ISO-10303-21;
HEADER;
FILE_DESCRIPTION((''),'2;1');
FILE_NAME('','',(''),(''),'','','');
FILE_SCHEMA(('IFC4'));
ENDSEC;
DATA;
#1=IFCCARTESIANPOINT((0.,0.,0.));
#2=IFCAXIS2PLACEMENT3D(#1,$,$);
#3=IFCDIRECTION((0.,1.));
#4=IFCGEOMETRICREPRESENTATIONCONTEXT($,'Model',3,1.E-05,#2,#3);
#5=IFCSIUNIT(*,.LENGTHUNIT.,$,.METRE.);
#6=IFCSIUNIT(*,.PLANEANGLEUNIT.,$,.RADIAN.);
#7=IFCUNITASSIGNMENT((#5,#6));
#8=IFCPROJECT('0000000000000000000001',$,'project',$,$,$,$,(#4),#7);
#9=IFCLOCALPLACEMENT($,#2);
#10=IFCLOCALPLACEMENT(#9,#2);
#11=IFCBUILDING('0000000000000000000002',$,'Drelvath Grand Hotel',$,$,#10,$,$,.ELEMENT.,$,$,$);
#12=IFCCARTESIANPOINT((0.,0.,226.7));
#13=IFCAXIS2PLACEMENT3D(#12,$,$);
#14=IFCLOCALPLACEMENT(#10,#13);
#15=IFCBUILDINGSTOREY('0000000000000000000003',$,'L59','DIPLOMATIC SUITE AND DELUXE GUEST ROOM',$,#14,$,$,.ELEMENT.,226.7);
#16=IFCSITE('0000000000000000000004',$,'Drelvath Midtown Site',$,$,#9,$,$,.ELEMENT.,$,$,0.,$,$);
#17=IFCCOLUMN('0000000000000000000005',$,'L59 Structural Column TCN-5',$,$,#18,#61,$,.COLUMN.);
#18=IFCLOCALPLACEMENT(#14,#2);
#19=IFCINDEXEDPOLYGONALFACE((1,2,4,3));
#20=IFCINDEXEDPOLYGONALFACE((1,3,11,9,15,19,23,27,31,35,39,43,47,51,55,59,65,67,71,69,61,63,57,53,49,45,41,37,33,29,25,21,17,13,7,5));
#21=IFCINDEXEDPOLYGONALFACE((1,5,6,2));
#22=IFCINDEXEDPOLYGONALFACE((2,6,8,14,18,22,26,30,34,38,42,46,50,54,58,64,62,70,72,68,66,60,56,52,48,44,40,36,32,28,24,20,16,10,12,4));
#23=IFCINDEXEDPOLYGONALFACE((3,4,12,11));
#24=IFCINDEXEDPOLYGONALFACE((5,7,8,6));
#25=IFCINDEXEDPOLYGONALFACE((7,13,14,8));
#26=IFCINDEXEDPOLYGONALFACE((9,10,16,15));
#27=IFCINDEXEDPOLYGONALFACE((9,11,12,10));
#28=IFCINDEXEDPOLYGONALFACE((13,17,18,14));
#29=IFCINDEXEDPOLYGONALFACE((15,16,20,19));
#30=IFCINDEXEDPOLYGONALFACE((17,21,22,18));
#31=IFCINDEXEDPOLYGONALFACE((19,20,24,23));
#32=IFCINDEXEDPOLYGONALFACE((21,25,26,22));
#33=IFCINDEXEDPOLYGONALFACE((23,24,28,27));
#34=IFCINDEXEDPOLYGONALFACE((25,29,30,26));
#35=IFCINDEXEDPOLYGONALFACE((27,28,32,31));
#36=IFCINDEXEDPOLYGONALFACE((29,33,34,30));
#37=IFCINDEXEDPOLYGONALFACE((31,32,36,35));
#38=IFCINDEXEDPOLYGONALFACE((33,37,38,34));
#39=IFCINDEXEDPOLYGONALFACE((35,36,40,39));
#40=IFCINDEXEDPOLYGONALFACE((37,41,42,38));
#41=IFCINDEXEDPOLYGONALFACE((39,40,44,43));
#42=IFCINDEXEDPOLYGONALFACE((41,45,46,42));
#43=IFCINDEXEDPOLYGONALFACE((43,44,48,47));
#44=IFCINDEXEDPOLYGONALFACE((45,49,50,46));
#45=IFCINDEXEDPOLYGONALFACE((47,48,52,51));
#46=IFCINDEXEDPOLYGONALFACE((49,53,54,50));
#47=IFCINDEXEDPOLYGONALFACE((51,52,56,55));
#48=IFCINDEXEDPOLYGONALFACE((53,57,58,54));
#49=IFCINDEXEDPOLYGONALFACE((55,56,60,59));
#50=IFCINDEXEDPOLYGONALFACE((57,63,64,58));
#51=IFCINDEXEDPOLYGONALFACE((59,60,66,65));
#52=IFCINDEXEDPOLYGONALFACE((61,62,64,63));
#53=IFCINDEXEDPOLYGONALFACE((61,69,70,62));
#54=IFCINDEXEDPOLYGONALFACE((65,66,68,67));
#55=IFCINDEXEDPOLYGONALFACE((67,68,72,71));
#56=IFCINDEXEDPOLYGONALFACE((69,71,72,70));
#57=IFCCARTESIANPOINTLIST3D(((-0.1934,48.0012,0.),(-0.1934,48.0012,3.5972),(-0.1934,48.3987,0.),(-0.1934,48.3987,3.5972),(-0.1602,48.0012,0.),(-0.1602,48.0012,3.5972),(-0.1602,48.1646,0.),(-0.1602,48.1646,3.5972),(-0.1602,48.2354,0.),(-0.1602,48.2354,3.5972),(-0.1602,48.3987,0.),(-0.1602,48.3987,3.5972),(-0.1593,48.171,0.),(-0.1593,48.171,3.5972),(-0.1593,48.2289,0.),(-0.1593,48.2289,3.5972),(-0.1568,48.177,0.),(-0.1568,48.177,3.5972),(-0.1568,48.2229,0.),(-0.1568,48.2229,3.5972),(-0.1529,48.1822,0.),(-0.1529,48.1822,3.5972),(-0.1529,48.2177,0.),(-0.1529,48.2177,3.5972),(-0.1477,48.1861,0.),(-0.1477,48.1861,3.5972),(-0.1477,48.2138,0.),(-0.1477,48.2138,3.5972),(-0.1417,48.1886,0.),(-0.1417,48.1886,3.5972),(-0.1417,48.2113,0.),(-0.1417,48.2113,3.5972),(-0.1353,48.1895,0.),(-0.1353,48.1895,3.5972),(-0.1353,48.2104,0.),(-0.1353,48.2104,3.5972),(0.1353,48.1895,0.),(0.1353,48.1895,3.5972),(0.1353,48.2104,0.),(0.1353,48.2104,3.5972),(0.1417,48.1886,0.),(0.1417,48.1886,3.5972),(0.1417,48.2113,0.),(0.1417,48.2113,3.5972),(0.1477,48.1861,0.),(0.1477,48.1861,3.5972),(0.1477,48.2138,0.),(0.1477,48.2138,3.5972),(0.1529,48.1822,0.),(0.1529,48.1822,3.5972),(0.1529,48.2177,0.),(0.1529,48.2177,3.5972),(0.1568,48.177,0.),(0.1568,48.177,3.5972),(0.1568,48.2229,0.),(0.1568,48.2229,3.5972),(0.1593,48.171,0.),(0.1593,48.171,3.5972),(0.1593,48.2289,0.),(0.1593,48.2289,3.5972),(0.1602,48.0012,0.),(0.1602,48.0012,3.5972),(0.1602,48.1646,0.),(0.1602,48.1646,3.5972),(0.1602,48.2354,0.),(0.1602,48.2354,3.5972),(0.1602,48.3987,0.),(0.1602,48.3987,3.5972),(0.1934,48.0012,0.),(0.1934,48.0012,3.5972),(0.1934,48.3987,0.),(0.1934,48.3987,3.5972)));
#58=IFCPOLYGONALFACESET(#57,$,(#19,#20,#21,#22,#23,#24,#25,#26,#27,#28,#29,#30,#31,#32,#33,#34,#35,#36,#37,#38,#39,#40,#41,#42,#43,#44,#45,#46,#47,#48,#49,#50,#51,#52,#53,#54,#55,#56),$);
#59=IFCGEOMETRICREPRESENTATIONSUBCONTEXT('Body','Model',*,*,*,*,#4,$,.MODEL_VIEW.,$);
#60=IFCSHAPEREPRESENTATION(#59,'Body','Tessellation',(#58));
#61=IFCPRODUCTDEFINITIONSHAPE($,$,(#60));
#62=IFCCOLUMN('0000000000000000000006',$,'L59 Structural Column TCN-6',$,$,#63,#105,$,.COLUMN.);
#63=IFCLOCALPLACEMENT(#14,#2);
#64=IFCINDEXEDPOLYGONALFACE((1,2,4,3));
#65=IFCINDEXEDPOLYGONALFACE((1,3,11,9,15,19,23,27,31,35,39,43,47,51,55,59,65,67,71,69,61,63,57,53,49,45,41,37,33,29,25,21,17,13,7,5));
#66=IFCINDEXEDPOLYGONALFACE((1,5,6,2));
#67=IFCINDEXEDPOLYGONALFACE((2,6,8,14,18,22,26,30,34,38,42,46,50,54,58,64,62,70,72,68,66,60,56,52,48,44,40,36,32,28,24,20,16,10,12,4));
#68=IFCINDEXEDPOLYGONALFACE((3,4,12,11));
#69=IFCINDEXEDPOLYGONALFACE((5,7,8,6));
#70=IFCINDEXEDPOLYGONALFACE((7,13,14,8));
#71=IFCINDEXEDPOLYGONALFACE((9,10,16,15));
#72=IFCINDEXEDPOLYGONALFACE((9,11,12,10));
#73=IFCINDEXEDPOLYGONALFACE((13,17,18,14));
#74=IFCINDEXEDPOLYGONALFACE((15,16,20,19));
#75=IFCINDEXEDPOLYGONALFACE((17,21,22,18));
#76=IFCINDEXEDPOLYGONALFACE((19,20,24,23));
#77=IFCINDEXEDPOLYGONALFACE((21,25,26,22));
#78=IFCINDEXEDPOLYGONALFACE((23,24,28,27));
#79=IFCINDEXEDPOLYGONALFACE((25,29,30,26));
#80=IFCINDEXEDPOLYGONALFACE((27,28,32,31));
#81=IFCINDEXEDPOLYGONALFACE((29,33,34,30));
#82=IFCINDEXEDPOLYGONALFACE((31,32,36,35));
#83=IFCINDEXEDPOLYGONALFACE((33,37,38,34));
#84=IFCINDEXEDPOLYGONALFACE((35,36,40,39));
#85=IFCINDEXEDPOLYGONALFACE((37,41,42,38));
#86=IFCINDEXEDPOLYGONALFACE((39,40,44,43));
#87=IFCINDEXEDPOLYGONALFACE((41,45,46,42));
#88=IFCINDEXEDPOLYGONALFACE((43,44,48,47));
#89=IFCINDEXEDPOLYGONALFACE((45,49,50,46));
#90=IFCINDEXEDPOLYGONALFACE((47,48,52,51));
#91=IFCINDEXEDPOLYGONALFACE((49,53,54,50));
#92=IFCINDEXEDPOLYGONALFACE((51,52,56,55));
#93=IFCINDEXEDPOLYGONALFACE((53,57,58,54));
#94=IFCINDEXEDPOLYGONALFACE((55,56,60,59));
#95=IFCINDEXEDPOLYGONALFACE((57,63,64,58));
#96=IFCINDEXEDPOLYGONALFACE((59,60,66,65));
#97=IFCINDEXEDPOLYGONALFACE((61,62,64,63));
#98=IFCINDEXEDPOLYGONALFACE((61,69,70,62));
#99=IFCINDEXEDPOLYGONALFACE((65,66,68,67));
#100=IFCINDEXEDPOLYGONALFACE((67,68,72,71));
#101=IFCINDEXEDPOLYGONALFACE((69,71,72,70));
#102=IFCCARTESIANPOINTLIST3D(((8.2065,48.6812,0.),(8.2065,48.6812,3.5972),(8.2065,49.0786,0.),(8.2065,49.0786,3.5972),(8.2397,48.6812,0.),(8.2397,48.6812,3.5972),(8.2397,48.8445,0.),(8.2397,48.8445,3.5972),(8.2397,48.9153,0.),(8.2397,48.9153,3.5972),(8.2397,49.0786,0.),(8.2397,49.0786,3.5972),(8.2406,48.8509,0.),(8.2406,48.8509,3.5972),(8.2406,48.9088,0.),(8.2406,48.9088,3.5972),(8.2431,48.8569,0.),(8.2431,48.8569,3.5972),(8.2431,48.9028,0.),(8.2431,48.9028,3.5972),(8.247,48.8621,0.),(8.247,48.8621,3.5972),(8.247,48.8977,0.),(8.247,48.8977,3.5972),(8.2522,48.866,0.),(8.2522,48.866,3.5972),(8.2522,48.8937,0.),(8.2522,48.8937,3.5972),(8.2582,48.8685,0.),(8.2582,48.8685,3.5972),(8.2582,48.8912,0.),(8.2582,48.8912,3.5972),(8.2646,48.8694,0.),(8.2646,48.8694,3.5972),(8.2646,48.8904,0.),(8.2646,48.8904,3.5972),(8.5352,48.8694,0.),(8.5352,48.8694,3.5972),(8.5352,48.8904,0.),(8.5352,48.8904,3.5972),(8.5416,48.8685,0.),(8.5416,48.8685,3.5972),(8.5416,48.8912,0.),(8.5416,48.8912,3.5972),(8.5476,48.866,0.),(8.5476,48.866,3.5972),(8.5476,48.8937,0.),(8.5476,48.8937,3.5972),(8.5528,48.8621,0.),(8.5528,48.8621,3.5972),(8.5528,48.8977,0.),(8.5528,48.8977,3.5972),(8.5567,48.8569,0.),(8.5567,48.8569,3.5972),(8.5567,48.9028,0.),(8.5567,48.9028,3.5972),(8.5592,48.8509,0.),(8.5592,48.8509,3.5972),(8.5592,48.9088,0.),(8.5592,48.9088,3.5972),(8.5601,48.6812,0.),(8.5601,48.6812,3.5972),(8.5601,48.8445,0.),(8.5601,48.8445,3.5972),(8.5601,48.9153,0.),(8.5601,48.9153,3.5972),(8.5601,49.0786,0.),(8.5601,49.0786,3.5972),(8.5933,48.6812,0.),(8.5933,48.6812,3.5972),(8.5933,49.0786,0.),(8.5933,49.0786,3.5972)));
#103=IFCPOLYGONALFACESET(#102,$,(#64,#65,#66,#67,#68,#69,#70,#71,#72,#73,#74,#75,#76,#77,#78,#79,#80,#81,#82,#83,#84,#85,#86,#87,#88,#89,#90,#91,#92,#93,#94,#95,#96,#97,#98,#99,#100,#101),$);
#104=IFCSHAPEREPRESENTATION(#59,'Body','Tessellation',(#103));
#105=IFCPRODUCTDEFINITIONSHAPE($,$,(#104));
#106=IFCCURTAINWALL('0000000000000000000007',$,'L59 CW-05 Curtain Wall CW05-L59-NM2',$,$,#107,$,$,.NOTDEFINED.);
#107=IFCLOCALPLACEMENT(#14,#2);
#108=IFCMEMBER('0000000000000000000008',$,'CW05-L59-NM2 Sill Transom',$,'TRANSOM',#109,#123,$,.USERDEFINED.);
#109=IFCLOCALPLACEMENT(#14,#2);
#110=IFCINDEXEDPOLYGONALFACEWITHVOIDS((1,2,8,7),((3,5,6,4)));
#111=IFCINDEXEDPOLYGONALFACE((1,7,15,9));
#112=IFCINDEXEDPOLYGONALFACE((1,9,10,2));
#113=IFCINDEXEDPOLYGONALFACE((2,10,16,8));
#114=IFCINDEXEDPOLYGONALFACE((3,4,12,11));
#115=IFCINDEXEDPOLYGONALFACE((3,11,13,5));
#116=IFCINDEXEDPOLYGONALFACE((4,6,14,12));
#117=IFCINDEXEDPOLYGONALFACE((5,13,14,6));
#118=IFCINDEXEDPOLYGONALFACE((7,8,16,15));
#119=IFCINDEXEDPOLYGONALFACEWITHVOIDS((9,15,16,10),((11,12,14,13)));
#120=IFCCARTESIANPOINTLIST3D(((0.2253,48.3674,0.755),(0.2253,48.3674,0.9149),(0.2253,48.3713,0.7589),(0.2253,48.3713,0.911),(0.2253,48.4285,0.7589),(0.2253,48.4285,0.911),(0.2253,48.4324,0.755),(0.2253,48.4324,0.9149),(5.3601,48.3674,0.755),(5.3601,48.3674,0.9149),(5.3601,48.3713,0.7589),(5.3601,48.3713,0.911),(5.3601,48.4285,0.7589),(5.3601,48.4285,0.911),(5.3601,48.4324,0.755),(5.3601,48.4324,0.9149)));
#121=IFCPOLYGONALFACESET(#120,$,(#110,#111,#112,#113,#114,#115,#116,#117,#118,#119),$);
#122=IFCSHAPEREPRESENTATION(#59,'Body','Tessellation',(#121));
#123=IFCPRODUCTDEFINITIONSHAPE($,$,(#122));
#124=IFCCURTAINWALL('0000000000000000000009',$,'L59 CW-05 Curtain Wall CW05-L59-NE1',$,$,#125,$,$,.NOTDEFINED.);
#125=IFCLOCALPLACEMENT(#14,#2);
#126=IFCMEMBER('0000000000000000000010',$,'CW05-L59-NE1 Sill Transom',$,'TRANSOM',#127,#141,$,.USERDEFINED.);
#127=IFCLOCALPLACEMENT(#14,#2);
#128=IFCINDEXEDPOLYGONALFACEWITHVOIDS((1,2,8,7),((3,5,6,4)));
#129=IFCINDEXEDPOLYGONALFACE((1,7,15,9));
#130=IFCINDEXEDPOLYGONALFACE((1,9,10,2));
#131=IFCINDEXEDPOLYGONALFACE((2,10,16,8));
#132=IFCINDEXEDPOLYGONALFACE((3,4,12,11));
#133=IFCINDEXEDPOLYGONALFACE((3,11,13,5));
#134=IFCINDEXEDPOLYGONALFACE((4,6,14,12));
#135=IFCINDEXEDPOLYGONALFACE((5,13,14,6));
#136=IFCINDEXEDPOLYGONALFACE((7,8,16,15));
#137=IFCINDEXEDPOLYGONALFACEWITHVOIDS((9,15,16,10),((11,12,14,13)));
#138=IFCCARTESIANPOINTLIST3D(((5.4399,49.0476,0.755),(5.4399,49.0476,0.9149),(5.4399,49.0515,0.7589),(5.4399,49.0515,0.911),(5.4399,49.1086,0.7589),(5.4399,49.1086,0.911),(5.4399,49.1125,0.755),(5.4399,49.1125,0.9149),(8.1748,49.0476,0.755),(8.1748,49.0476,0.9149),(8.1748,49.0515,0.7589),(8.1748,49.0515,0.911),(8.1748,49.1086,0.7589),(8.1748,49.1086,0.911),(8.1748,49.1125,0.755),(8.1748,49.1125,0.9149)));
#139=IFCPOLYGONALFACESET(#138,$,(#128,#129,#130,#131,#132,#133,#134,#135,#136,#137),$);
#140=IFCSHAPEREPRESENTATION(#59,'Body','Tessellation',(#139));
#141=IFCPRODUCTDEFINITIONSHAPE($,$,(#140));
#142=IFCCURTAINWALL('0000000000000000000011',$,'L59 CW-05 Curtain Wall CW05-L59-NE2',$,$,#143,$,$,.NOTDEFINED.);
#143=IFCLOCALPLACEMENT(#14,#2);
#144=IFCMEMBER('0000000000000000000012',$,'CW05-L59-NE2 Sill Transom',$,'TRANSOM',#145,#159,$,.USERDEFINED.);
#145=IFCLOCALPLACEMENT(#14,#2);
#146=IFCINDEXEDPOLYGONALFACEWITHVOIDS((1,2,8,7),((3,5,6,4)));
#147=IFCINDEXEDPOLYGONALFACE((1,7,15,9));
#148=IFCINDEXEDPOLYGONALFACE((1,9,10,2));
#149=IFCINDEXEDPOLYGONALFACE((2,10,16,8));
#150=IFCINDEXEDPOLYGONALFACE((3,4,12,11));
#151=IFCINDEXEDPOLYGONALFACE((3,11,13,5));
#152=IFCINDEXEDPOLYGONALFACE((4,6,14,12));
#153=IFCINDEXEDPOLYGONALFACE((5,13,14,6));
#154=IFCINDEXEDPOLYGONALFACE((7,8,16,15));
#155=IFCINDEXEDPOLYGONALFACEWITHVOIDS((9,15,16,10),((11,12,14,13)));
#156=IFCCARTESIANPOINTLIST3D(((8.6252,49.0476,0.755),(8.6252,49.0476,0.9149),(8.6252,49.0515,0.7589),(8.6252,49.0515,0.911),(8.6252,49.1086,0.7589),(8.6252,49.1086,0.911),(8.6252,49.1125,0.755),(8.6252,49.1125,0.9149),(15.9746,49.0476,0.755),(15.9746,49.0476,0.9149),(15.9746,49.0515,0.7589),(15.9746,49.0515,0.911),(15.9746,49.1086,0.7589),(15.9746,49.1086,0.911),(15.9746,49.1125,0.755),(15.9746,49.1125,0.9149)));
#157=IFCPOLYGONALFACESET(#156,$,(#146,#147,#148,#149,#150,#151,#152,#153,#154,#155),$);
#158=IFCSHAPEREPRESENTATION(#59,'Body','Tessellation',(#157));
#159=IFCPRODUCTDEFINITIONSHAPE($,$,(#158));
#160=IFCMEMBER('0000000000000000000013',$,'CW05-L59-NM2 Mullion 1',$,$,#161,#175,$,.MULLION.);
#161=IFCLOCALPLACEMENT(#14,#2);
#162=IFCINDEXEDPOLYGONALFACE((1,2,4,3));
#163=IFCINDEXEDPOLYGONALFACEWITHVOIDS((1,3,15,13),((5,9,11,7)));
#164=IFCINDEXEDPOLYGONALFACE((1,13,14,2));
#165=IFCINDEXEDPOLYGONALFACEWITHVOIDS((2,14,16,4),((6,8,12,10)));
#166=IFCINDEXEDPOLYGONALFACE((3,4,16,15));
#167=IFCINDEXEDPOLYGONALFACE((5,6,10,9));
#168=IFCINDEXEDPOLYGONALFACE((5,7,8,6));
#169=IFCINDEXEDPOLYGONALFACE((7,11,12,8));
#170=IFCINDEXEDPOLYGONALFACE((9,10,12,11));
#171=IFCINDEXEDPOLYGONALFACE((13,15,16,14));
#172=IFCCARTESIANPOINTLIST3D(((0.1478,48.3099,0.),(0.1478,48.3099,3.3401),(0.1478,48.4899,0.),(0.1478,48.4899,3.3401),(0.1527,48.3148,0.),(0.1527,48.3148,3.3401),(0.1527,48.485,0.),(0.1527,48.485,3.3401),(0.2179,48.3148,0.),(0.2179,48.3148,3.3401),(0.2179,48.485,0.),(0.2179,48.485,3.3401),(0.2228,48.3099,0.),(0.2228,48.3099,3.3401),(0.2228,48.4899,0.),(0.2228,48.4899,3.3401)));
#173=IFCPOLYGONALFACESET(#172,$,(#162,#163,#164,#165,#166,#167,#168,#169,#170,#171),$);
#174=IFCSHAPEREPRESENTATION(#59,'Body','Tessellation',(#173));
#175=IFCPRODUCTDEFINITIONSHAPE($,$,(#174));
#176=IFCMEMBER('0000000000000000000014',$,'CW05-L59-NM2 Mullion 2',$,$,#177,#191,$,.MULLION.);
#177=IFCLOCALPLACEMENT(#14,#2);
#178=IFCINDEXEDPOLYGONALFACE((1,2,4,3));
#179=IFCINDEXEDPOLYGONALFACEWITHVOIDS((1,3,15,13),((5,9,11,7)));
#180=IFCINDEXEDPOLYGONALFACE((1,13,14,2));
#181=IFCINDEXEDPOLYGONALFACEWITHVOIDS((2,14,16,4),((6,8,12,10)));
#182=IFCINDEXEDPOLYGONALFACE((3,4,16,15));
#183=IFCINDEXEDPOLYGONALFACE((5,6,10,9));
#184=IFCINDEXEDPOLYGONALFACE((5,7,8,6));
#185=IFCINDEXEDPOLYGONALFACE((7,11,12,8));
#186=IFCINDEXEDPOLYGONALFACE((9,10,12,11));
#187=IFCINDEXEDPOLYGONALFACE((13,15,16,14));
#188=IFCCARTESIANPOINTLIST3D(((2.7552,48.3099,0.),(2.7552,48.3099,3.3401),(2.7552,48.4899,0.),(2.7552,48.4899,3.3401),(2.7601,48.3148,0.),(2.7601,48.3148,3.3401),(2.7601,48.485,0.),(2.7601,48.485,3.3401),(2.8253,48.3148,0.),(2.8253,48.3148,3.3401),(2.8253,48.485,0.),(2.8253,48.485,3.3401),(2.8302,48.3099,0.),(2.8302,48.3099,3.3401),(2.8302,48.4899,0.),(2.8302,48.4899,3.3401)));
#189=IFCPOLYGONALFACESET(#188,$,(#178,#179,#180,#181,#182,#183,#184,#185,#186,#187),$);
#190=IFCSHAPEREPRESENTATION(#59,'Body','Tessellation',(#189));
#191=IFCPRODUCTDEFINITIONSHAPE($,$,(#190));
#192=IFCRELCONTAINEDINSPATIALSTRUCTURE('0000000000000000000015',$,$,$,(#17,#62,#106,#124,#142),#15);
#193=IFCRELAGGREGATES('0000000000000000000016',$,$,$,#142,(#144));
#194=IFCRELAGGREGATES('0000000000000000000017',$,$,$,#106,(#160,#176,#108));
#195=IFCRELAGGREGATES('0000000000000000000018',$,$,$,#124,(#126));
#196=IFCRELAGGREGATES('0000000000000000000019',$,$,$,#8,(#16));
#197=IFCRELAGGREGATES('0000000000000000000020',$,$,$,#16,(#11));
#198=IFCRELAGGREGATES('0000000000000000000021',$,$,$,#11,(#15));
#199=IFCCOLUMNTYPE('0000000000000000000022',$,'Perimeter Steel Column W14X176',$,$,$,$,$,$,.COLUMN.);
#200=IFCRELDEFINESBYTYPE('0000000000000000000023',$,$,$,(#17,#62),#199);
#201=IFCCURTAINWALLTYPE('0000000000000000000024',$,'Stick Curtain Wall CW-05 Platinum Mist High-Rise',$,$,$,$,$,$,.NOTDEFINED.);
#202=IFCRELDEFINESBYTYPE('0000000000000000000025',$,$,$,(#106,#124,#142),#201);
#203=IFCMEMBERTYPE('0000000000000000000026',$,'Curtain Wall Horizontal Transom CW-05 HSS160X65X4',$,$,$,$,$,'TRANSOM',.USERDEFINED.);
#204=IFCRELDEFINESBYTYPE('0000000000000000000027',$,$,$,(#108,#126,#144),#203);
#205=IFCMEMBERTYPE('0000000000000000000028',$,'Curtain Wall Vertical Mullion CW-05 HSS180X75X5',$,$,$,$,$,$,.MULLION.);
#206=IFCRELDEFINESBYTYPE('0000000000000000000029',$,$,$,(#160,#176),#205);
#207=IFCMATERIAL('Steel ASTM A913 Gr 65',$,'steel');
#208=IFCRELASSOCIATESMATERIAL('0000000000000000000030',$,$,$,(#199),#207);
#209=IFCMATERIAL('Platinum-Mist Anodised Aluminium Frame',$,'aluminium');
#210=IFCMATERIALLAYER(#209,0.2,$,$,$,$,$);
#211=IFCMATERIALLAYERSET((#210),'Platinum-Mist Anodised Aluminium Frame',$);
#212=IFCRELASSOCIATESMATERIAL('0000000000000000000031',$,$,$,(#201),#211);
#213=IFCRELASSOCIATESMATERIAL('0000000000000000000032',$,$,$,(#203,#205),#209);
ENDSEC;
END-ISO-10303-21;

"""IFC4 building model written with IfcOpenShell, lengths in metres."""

from ifc_helpers import new_model, si_unit, direction, frame, origin, origin_2d, place, context, subcontext, project, spatial, hollow_rectangle, i_section, extrude, material, layer, layer_set, material_profile, profile_set, type_object, element, aggregate, save


model = new_model("IFC4")

# Units and contexts
model_context = context("Model", 3, precision=1e-05, world=origin(), true_north=direction((0.0, 1.0)))
body_context = subcontext(model_context, "Body", "Model", "MODEL_VIEW")
ifc_project = project(units=[si_unit("LENGTHUNIT", "METRE"), si_unit("PLANEANGLEUNIT", "RADIAN")], contexts=[model_context])

# Site, building, storey
site_placement = place(None, origin())
site = spatial("IfcSite", under=ifc_project, at=site_placement, Name="Drelvath Midtown Site", CompositionType="ELEMENT", RefElevation=0.0)
building_placement = place(site_placement, origin())
building = spatial("IfcBuilding", under=site, at=building_placement, Name="Drelvath Grand Hotel", CompositionType="ELEMENT")
storey_placement = place(building_placement, frame((0.0, 0.0, 226.7)))
storey = spatial("IfcBuildingStorey", under=building, at=storey_placement, Name="L59", Description="DIPLOMATIC SUITE AND DELUXE GUEST ROOM", CompositionType="ELEMENT", Elevation=226.7)

# Columns
ifc_material_1 = material(Name="Steel ASTM A913 Gr 65", Category="steel")
ifc_material_profile_1 = material_profile(ifc_material_1, i_section(OverallWidth=0.3975, OverallDepth=0.3867, WebThickness=0.021, FlangeThickness=0.0332, FilletRadius=0.0249, at=origin_2d()), Name="W14X176")
ifc_profile_set_1 = profile_set([ifc_material_profile_1], Name="Steel ASTM A913 Gr 65")
column_type = type_object("IfcColumnType", Name="Perimeter Steel Column W14X176", PredefinedType="COLUMN", material=ifc_profile_set_1)
for number, where, z_axis, x_axis, name in (
    (1, (0.0, 48.2, 0.0), (0.0, 0.0, 1.0), (0.0, 1.0, 0.0), "L59 Structural Column TCN-5"),
    (2, (8.3999, 48.8799, 0.0), (0.0, 0.0, 1.0), (0.0, 1.0, 0.0), "L59 Structural Column TCN-6"),
):
    element("IfcColumn", number, at=place(storey_placement, frame(where, z_axis=z_axis, x_axis=x_axis)), inside=storey, type_object=column_type, Name=name, PredefinedType="COLUMN", context=body_context, shape_type="SweptSolid", body=[
        extrude(i_section(OverallWidth=0.3975, OverallDepth=0.3867, WebThickness=0.021, FlangeThickness=0.0332, FilletRadius=0.0249, at=origin_2d()), origin(), (0.0, 0.0, 1.0), 3.5972),
    ])

# Curtain walls, members
ifc_material_2 = material(Name="Platinum-Mist Anodised Aluminium Frame", Category="aluminium")
ifc_layer_1 = layer(ifc_material_2, 0.2)
ifc_layer_set_1 = layer_set([ifc_layer_1], Name="Platinum-Mist Anodised Aluminium Frame")
curtain_wall_type = type_object("IfcCurtainWallType", Name="Stick Curtain Wall CW-05 Platinum Mist High-Rise", PredefinedType="NOTDEFINED", material=ifc_layer_set_1)
curtain_wall_1_placement = place(storey_placement, origin())
curtain_wall_1 = element("IfcCurtainWall", 3, at=curtain_wall_1_placement, inside=storey, type_object=curtain_wall_type, Name="L59 CW-05 Curtain Wall CW05-L59-NM2", PredefinedType="NOTDEFINED")
ifc_material_profile_2 = material_profile(ifc_material_2, hollow_rectangle(XDim=0.0649, YDim=0.1599, WallThickness=0.0039, at=origin_2d()), Name="HSS160X65X4")
ifc_profile_set_2 = profile_set([ifc_material_profile_2], Name="Platinum-Mist Anodised Aluminium Frame")
member_type_1 = type_object("IfcMemberType", Name="Curtain Wall Horizontal Transom CW-05 HSS160X65X4", ElementType="TRANSOM", PredefinedType="USERDEFINED", material=ifc_profile_set_2)
member_1_placement = place(storey_placement, frame((0.2253, 48.3999, 0.835), z_axis=(1.0, 0.0, 0.0), x_axis=(0.0, 1.0, 0.0)))
member_1 = element("IfcMember", 4, at=member_1_placement, type_object=member_type_1, Name="CW05-L59-NM2 Sill Transom", ObjectType="TRANSOM", PredefinedType="USERDEFINED", context=body_context, shape_type="SweptSolid", body=[
    extrude(hollow_rectangle(XDim=0.0649, YDim=0.1599, WallThickness=0.0039, at=origin_2d()), origin(), (0.0, 0.0, 1.0), 5.1348),
])
curtain_wall_2_placement = place(storey_placement, origin())
curtain_wall_2 = element("IfcCurtainWall", 5, at=curtain_wall_2_placement, inside=storey, type_object=curtain_wall_type, Name="L59 CW-05 Curtain Wall CW05-L59-NE1", PredefinedType="NOTDEFINED")
member_2_placement = place(storey_placement, frame((5.4399, 49.0801, 0.835), z_axis=(1.0, 0.0, 0.0), x_axis=(0.0, 1.0, 0.0)))
member_2 = element("IfcMember", 6, at=member_2_placement, type_object=member_type_1, Name="CW05-L59-NE1 Sill Transom", ObjectType="TRANSOM", PredefinedType="USERDEFINED", context=body_context, shape_type="SweptSolid", body=[
    extrude(hollow_rectangle(XDim=0.0649, YDim=0.1599, WallThickness=0.0039, at=origin_2d()), origin(), (0.0, 0.0, 1.0), 2.7349),
])
curtain_wall_3_placement = place(storey_placement, origin())
curtain_wall_3 = element("IfcCurtainWall", 7, at=curtain_wall_3_placement, inside=storey, type_object=curtain_wall_type, Name="L59 CW-05 Curtain Wall CW05-L59-NE2", PredefinedType="NOTDEFINED")
member_3_placement = place(storey_placement, frame((8.6252, 49.0801, 0.835), z_axis=(1.0, 0.0, 0.0), x_axis=(0.0, 1.0, 0.0)))
member_3 = element("IfcMember", 8, at=member_3_placement, type_object=member_type_1, Name="CW05-L59-NE2 Sill Transom", ObjectType="TRANSOM", PredefinedType="USERDEFINED", context=body_context, shape_type="SweptSolid", body=[
    extrude(hollow_rectangle(XDim=0.0649, YDim=0.1599, WallThickness=0.0039, at=origin_2d()), origin(), (0.0, 0.0, 1.0), 7.3494),
])

# Members
ifc_material_profile_3 = material_profile(ifc_material_2, hollow_rectangle(XDim=0.075, YDim=0.1799, WallThickness=0.0049, at=origin_2d()), Name="HSS180X75X5")
ifc_profile_set_3 = profile_set([ifc_material_profile_3], Name="Platinum-Mist Anodised Aluminium Frame")
member_type_2 = type_object("IfcMemberType", Name="Curtain Wall Vertical Mullion CW-05 HSS180X75X5", PredefinedType="MULLION", material=ifc_profile_set_3)
member_4_placement = place(storey_placement, frame((0.1853, 48.3999, 0.0), z_axis=(0.0, 0.0, 1.0), x_axis=(1.0, 0.0, 0.0)))
member_4 = element("IfcMember", 9, at=member_4_placement, type_object=member_type_2, Name="CW05-L59-NM2 Mullion 1", PredefinedType="MULLION", context=body_context, shape_type="SweptSolid", body=[
    extrude(hollow_rectangle(XDim=0.075, YDim=0.1799, WallThickness=0.0049, at=origin_2d()), origin(), (0.0, 0.0, 1.0), 3.3401),
])
member_5_placement = place(storey_placement, frame((2.7927, 48.3999, 0.0), z_axis=(0.0, 0.0, 1.0), x_axis=(1.0, 0.0, 0.0)))
member_5 = element("IfcMember", 10, at=member_5_placement, type_object=member_type_2, Name="CW05-L59-NM2 Mullion 2", PredefinedType="MULLION", context=body_context, shape_type="SweptSolid", body=[
    extrude(hollow_rectangle(XDim=0.075, YDim=0.1799, WallThickness=0.0049, at=origin_2d()), origin(), (0.0, 0.0, 1.0), 3.3401),
])
aggregate(curtain_wall_3, [member_3])

aggregate(curtain_wall_1, [member_4, member_5, member_1])
aggregate(curtain_wall_2, [member_2])

save(model, "model.ifc")
